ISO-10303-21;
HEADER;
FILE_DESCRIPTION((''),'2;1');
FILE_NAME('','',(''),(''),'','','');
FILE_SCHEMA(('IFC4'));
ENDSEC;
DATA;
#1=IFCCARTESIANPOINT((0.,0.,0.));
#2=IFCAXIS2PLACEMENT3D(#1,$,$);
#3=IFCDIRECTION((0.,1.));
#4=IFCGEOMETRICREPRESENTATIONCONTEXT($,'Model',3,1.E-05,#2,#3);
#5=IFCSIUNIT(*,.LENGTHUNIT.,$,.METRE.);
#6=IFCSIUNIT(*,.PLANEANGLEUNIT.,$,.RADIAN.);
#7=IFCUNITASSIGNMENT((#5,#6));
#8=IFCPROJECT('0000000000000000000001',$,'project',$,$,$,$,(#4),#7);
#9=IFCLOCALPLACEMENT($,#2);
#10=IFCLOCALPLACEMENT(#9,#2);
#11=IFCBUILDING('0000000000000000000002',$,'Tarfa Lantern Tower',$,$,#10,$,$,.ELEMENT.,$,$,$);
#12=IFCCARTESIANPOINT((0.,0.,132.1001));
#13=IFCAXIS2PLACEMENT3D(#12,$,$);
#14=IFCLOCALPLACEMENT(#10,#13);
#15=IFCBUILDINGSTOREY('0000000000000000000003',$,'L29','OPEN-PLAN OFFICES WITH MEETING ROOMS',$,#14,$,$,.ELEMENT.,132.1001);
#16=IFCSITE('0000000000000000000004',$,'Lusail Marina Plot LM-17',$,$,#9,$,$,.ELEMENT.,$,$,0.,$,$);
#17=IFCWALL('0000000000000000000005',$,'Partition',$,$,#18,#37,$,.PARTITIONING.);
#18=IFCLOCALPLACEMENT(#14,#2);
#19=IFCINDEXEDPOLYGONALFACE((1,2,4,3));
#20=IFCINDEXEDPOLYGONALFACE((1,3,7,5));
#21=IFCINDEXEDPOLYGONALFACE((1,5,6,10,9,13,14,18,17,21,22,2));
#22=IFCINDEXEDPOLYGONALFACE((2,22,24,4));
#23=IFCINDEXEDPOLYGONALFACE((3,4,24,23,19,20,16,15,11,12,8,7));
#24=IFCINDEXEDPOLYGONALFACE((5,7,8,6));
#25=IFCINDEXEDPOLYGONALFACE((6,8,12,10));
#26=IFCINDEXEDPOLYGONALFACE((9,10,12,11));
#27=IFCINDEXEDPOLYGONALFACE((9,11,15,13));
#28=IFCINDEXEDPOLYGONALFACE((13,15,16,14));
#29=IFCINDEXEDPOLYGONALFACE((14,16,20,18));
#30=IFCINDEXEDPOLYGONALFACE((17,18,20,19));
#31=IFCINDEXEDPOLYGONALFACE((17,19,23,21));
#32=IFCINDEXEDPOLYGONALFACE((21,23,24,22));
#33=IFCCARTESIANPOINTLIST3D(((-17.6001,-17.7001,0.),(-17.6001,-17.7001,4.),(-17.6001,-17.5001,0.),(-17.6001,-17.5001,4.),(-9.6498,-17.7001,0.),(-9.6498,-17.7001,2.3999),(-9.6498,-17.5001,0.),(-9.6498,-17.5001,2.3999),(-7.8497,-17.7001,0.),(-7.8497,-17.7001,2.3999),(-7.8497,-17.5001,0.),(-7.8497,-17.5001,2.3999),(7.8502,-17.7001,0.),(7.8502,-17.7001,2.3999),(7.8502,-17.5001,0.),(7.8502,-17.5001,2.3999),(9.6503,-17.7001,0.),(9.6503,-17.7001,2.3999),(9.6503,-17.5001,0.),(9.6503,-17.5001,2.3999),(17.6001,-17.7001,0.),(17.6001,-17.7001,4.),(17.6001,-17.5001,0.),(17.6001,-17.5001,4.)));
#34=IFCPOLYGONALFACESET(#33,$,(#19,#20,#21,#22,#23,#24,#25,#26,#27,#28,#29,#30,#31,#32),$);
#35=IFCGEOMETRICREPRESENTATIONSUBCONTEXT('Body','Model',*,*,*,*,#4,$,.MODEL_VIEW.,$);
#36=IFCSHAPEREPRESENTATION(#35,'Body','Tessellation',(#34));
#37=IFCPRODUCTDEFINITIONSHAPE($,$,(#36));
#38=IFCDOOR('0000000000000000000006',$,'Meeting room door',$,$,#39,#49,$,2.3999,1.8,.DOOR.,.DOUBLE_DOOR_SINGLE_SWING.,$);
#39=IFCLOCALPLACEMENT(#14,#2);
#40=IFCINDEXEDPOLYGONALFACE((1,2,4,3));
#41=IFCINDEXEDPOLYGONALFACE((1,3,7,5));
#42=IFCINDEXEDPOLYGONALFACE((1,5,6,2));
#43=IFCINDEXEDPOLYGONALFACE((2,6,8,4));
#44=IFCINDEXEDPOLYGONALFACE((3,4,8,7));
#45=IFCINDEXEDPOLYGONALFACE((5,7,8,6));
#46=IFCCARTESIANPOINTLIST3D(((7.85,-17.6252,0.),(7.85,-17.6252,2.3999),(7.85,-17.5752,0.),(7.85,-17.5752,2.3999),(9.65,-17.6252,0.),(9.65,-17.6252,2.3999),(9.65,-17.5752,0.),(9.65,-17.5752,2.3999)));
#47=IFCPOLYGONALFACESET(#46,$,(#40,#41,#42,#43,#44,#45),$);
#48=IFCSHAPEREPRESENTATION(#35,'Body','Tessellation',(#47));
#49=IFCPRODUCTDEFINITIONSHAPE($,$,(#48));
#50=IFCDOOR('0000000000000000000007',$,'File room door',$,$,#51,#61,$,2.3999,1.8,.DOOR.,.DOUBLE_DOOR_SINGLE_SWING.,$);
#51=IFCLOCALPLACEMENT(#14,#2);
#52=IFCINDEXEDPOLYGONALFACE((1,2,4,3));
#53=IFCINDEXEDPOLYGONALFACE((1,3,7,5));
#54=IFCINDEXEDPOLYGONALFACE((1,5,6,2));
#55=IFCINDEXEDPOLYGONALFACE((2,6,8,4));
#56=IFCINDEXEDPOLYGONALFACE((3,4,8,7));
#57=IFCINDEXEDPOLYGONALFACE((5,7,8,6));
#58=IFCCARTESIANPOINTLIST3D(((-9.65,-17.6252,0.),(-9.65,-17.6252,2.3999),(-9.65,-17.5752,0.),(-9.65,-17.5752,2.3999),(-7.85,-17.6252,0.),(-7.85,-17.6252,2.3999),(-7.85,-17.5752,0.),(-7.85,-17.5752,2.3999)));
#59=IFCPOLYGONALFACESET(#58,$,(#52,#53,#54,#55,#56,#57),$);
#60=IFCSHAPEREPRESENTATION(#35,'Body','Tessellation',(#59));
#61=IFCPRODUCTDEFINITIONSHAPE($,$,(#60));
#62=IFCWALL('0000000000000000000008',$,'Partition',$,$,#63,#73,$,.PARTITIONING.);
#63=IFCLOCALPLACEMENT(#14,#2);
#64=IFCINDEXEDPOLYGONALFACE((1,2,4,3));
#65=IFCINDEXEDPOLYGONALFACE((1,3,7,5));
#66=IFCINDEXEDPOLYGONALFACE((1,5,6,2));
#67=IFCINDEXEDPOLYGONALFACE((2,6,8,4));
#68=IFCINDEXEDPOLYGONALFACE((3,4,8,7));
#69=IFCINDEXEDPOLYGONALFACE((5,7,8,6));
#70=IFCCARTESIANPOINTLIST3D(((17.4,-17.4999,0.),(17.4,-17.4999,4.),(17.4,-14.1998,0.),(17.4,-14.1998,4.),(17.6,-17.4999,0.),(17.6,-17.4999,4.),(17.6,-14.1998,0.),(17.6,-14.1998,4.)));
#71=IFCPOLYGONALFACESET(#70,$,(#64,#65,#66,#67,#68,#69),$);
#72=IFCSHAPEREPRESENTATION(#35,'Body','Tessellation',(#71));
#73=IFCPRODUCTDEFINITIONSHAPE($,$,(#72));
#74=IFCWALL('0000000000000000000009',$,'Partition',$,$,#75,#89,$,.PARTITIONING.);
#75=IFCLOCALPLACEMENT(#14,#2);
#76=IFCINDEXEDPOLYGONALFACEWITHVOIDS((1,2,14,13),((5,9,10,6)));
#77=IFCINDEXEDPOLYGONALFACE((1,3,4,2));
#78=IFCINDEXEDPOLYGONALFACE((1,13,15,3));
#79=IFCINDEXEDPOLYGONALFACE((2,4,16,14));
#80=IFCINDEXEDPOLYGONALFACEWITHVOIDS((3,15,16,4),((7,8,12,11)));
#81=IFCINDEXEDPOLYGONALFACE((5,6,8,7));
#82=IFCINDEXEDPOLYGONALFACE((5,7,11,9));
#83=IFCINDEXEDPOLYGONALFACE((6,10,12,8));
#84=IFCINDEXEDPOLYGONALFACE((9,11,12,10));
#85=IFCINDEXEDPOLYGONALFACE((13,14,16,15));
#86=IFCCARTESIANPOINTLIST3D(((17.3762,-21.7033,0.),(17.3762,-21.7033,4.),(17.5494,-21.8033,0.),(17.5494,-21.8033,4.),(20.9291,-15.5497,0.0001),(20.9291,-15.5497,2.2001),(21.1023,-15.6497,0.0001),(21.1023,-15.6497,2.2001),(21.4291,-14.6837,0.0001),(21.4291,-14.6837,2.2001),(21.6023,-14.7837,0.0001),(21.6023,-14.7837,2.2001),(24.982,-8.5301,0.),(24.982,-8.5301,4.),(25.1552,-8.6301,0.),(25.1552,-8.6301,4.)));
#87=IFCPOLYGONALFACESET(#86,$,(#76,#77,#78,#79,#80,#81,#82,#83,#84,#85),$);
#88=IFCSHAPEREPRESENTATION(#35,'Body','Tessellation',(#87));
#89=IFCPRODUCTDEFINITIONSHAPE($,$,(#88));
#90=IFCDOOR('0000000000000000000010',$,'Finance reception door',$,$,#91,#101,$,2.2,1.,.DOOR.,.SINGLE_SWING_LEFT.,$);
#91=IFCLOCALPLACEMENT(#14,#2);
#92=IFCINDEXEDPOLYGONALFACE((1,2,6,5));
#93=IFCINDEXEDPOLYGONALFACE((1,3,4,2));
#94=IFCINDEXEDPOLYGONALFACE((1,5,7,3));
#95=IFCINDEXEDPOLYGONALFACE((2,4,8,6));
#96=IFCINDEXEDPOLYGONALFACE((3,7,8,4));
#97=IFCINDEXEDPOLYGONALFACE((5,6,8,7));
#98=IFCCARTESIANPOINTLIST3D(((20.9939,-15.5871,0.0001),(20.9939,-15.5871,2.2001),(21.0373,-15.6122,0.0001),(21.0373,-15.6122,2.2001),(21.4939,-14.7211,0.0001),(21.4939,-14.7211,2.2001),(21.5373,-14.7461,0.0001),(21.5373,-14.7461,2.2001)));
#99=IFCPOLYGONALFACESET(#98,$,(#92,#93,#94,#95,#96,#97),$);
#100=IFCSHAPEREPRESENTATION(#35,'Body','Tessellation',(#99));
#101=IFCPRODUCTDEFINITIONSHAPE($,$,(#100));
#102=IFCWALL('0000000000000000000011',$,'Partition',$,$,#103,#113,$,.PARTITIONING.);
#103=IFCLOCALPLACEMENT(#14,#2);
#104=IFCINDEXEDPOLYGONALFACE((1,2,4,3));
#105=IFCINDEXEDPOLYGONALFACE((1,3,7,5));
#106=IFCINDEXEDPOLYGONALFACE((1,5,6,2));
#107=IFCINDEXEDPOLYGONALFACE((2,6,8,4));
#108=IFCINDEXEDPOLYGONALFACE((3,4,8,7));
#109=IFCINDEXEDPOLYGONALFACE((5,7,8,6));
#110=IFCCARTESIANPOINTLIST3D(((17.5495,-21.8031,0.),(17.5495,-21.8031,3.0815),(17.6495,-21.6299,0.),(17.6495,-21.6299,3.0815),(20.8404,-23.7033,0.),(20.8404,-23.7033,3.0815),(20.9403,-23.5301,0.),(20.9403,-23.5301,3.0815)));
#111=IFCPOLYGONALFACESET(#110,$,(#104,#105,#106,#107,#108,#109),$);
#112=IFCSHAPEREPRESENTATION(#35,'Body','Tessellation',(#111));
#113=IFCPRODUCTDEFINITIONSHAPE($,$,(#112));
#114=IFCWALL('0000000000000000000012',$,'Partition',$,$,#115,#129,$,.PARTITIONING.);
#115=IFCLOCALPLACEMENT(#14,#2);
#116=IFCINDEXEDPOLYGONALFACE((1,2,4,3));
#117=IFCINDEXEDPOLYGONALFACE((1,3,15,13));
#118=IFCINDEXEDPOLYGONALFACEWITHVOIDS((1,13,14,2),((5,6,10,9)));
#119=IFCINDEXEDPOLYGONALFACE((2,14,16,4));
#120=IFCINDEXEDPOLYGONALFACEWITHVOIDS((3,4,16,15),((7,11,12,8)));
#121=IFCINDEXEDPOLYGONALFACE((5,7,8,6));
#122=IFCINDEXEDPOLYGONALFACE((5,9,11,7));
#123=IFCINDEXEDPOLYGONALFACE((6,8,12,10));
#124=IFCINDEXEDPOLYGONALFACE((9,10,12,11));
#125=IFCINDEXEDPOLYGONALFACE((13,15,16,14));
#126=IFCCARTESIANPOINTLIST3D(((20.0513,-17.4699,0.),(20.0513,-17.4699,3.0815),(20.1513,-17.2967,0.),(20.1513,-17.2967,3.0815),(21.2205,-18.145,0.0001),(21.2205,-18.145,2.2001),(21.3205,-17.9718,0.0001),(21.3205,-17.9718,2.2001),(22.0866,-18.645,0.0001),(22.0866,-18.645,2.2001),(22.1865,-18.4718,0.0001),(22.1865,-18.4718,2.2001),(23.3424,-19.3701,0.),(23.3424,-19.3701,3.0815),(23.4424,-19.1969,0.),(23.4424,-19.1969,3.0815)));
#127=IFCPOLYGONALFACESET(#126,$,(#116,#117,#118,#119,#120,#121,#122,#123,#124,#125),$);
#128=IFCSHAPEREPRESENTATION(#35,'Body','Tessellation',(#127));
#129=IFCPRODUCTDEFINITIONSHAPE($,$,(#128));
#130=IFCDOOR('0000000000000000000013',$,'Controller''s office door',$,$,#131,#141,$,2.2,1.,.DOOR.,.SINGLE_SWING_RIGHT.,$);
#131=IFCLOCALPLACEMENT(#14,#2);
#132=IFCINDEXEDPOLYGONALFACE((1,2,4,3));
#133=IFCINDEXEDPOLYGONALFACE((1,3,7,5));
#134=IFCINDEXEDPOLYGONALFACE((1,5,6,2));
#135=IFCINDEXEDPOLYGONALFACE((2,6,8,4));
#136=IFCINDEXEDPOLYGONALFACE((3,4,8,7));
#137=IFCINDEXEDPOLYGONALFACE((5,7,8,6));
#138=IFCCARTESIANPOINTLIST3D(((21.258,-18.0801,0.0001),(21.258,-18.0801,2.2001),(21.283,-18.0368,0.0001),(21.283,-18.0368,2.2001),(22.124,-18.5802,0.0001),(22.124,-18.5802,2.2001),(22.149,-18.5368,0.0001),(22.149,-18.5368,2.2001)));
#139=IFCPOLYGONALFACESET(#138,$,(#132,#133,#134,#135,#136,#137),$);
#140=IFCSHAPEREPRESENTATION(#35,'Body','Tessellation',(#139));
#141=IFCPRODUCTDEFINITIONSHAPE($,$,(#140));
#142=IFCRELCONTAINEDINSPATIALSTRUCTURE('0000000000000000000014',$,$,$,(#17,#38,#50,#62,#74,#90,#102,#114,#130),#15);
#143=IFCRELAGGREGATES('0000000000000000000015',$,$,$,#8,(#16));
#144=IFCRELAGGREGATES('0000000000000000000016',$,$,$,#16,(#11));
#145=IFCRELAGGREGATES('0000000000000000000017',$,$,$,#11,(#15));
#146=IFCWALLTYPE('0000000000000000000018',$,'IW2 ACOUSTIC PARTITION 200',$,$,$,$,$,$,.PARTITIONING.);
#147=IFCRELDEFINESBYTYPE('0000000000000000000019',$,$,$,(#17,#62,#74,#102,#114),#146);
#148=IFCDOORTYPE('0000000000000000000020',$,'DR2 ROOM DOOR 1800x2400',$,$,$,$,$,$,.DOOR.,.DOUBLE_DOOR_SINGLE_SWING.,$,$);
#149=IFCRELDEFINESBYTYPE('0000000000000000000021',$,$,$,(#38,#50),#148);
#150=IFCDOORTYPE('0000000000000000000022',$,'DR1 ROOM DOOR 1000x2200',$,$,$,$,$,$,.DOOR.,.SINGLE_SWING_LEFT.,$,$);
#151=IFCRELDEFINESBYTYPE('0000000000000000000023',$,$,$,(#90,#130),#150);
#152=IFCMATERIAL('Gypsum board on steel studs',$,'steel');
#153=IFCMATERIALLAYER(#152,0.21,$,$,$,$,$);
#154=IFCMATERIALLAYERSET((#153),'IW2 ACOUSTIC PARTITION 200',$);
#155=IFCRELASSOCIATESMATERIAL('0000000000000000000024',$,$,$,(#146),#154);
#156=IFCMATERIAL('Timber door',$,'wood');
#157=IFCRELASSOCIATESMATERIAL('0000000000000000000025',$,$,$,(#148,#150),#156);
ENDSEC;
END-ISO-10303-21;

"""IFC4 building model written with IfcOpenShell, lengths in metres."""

from ifc_helpers import new_model, si_unit, direction, frame, frame_2d, origin, place, context, subcontext, project, spatial, rectangle, extrude, material, layer, layer_set, type_object, element, fill, save


model = new_model("IFC4")

# Units and contexts
model_context = context("Model", 3, precision=1e-05, world=origin(), true_north=direction((0.0, 1.0)))
body_context = subcontext(model_context, "Body", "Model", "MODEL_VIEW")
ifc_project = project(units=[si_unit("LENGTHUNIT", "METRE"), si_unit("PLANEANGLEUNIT", "RADIAN")], contexts=[model_context])

# Site, building, storey
site_placement = place(None, origin())
site = spatial("IfcSite", under=ifc_project, at=site_placement, Name="Lusail Marina Plot LM-17", CompositionType="ELEMENT", RefElevation=0.0)
building_placement = place(site_placement, origin())
building = spatial("IfcBuilding", under=site, at=building_placement, Name="Tarfa Lantern Tower", CompositionType="ELEMENT")
storey_placement = place(building_placement, frame((0.0, 0.0, 132.1001)))
storey = spatial("IfcBuildingStorey", under=building, at=storey_placement, Name="L29", Description="OPEN-PLAN OFFICES WITH MEETING ROOMS", CompositionType="ELEMENT", Elevation=132.1001)

# Wall, openings, doors
ifc_material_1 = material(Name="Gypsum board on steel studs", Category="steel")
ifc_layer_1 = layer(ifc_material_1, 0.21)
ifc_layer_set_1 = layer_set([ifc_layer_1], Name="IW2 ACOUSTIC PARTITION 200")
wall_type = type_object("IfcWallType", Name="IW2 ACOUSTIC PARTITION 200", PredefinedType="PARTITIONING", material=ifc_layer_set_1)
wall_1_placement = place(storey_placement, frame((17.6001, -17.6001, 0.0), z_axis=(0.0, 0.0, 1.0), x_axis=(-1.0, 0.0, 0.0)))
wall_1 = element("IfcWall", 1, at=wall_1_placement, inside=storey, type_object=wall_type, Name="Partition", PredefinedType="PARTITIONING", context=body_context, shape_type="SweptSolid", body=[
    extrude(rectangle(XDim=35.2002, YDim=0.2, at=frame_2d((17.6001, 0.0))), origin(), (0.0, 0.0, 1.0), 4.0),
])
opening_1_placement = place(wall_1_placement, frame((7.95, 0.0, 0.0)))
opening_1 = element("IfcOpeningElement", 2, at=opening_1_placement, cuts=wall_1, PredefinedType="OPENING", context=body_context, shape_type="SweptSolid", body=[
    extrude(rectangle(XDim=1.8, YDim=2.3999, at=frame_2d((0.8999, 1.2))), frame((0.0, 0.1099, 0.0), z_axis=(0.0, -1.0, 0.0), x_axis=(1.0, 0.0, 0.0)), (0.0, 0.0, 1.0), 0.22),
])
opening_2_placement = place(wall_1_placement, frame((25.45, 0.0, 0.0)))
opening_2 = element("IfcOpeningElement", 3, at=opening_2_placement, cuts=wall_1, PredefinedType="OPENING", context=body_context, shape_type="SweptSolid", body=[
    extrude(rectangle(XDim=1.8, YDim=2.3999, at=frame_2d((0.8999, 1.2))), frame((0.0, 0.1099, 0.0), z_axis=(0.0, -1.0, 0.0), x_axis=(1.0, 0.0, 0.0)), (0.0, 0.0, 1.0), 0.22),
])
ifc_material_2 = material(Name="Timber door", Category="wood")
door_type_1 = type_object("IfcDoorType", Name="DR2 ROOM DOOR 1800x2400", OperationType="DOUBLE_DOOR_SINGLE_SWING", PredefinedType="DOOR", material=ifc_material_2)
door_1_placement = place(opening_1_placement, frame((1.8, 0.0, 0.0), z_axis=(0.0, 0.0, 1.0), x_axis=(-1.0, 0.0, 0.0)))
door_1 = element("IfcDoor", 4, at=door_1_placement, inside=storey, type_object=door_type_1, Name="Meeting room door", OperationType="DOUBLE_DOOR_SINGLE_SWING", OverallHeight=2.3999, OverallWidth=1.8, PredefinedType="DOOR", context=body_context, shape_type="SweptSolid", body=[
    extrude(rectangle(XDim=1.8, YDim=2.3999, at=frame_2d((0.8999, 1.2))), frame((0.0, 0.0249, 0.0), z_axis=(0.0, -1.0, 0.0), x_axis=(1.0, 0.0, 0.0)), (0.0, 0.0, 1.0), 0.05),
])
fill(opening_1, door_1)
door_2_placement = place(opening_2_placement, frame((1.8, 0.0, 0.0), z_axis=(0.0, 0.0, 1.0), x_axis=(-1.0, 0.0, 0.0)))
door_2 = element("IfcDoor", 5, at=door_2_placement, inside=storey, type_object=door_type_1, Name="File room door", OperationType="DOUBLE_DOOR_SINGLE_SWING", OverallHeight=2.3999, OverallWidth=1.8, PredefinedType="DOOR", context=body_context, shape_type="SweptSolid", body=[
    extrude(rectangle(XDim=1.8, YDim=2.3999, at=frame_2d((0.8999, 1.2))), frame((0.0, 0.0249, 0.0), z_axis=(0.0, -1.0, 0.0), x_axis=(1.0, 0.0, 0.0)), (0.0, 0.0, 1.0), 0.05),
])
fill(opening_2, door_2)

# Wall
wall_2_placement = place(storey_placement, frame((17.5, -14.2, 0.0), z_axis=(0.0, 0.0, 1.0), x_axis=(0.0, -1.0, 0.0)))
element("IfcWall", 6, at=wall_2_placement, inside=storey, type_object=wall_type, Name="Partition", PredefinedType="PARTITIONING", context=body_context, shape_type="SweptSolid", body=[
    extrude(rectangle(XDim=3.3, YDim=0.2, at=frame_2d((1.6499, 0.0))), origin(), (0.0, 0.0, 1.0), 4.0),
])

# Wall, opening, door
wall_3_placement = place(storey_placement, frame((17.4629, -21.7532, 0.0), z_axis=(0.0, 0.0, 1.0), x_axis=(0.500011, 0.866019, 0.0)))
wall_3 = element("IfcWall", 7, at=wall_3_placement, inside=storey, type_object=wall_type, Name="Partition", PredefinedType="PARTITIONING", context=body_context, shape_type="SweptSolid", body=[
    extrude(rectangle(XDim=15.2112, YDim=0.2, at=frame_2d((7.6055, 0.0))), origin(), (0.0, 0.0, 1.0), 4.0),
])
opening_3_placement = place(wall_3_placement, frame((7.1055, 0.0, 0.0)))
opening_3 = element("IfcOpeningElement", 8, at=opening_3_placement, cuts=wall_3, PredefinedType="OPENING", context=body_context, shape_type="SweptSolid", body=[
    extrude(rectangle(XDim=1.0, YDim=2.2, at=frame_2d((0.5, 1.1001))), frame((0.0, 0.1099, 0.0), z_axis=(0.0, -1.0, 0.0), x_axis=(1.0, 0.0, 0.0)), (0.0, 0.0, 1.0), 0.22),
])
door_type_2 = type_object("IfcDoorType", Name="DR1 ROOM DOOR 1000x2200", OperationType="SINGLE_SWING_LEFT", PredefinedType="DOOR", material=ifc_material_2)
door_3_placement = place(opening_3_placement, frame((1.0, 0.0, 0.0), z_axis=(0.0, 0.0, 1.0), x_axis=(-1.0, 0.0, 0.0)))
door_3 = element("IfcDoor", 9, at=door_3_placement, inside=storey, type_object=door_type_2, Name="Finance reception door", OperationType="SINGLE_SWING_LEFT", OverallHeight=2.2, OverallWidth=1.0, PredefinedType="DOOR", context=body_context, shape_type="SweptSolid", body=[
    extrude(rectangle(XDim=1.0, YDim=2.2, at=frame_2d((0.5, 1.1001))), frame((0.0, 0.0249, 0.0), z_axis=(0.0, -1.0, 0.0), x_axis=(1.0, 0.0, 0.0)), (0.0, 0.0, 1.0), 0.05),
])
fill(opening_3, door_3)

# Wall
wall_4_placement = place(storey_placement, frame((17.5996, -21.7166, 0.0), z_axis=(0.0, 0.0, 1.0), x_axis=(0.866, -0.500043, 0.0)))
element("IfcWall", 10, at=wall_4_placement, inside=storey, type_object=wall_type, Name="Partition", PredefinedType="PARTITIONING", context=body_context, shape_type="SweptSolid", body=[
    extrude(rectangle(XDim=3.8, YDim=0.2, at=frame_2d((1.8999, 0.0))), origin(), (0.0, 0.0, 1.0), 3.0815),
])

# Wall, opening, door
wall_5_placement = place(storey_placement, frame((20.1013, -17.3833, 0.0), z_axis=(0.0, 0.0, 1.0), x_axis=(0.866017, -0.500015, 0.0)))
wall_5 = element("IfcWall", 11, at=wall_5_placement, inside=storey, type_object=wall_type, Name="Partition", PredefinedType="PARTITIONING", context=body_context, shape_type="SweptSolid", body=[
    extrude(rectangle(XDim=3.8003, YDim=0.2, at=frame_2d((1.9001, 0.0))), origin(), (0.0, 0.0, 1.0), 3.0815),
])
opening_4_placement = place(wall_5_placement, frame((1.3501, 0.0, 0.0)))
opening_4 = element("IfcOpeningElement", 12, at=opening_4_placement, cuts=wall_5, PredefinedType="OPENING", context=body_context, shape_type="SweptSolid", body=[
    extrude(rectangle(XDim=1.0, YDim=2.2, at=frame_2d((0.5, 1.1001))), frame((0.0, 0.1099, 0.0), z_axis=(0.0, -1.0, 0.0), x_axis=(1.0, 0.0, 0.0)), (0.0, 0.0, 1.0), 0.22),
])
door_4_placement = place(opening_4_placement, origin())
door_4 = element("IfcDoor", 13, at=door_4_placement, inside=storey, type_object=door_type_2, Name="Controller's office door", OperationType="SINGLE_SWING_RIGHT", OverallHeight=2.2, OverallWidth=1.0, PredefinedType="DOOR", context=body_context, shape_type="SweptSolid", body=[
    extrude(rectangle(XDim=1.0, YDim=2.2, at=frame_2d((0.5, 1.1001))), frame((0.0, 0.0249, 0.0), z_axis=(0.0, -1.0, 0.0), x_axis=(1.0, 0.0, 0.0)), (0.0, 0.0, 1.0), 0.05),
])
fill(opening_4, door_4)

save(model, "model.ifc")
